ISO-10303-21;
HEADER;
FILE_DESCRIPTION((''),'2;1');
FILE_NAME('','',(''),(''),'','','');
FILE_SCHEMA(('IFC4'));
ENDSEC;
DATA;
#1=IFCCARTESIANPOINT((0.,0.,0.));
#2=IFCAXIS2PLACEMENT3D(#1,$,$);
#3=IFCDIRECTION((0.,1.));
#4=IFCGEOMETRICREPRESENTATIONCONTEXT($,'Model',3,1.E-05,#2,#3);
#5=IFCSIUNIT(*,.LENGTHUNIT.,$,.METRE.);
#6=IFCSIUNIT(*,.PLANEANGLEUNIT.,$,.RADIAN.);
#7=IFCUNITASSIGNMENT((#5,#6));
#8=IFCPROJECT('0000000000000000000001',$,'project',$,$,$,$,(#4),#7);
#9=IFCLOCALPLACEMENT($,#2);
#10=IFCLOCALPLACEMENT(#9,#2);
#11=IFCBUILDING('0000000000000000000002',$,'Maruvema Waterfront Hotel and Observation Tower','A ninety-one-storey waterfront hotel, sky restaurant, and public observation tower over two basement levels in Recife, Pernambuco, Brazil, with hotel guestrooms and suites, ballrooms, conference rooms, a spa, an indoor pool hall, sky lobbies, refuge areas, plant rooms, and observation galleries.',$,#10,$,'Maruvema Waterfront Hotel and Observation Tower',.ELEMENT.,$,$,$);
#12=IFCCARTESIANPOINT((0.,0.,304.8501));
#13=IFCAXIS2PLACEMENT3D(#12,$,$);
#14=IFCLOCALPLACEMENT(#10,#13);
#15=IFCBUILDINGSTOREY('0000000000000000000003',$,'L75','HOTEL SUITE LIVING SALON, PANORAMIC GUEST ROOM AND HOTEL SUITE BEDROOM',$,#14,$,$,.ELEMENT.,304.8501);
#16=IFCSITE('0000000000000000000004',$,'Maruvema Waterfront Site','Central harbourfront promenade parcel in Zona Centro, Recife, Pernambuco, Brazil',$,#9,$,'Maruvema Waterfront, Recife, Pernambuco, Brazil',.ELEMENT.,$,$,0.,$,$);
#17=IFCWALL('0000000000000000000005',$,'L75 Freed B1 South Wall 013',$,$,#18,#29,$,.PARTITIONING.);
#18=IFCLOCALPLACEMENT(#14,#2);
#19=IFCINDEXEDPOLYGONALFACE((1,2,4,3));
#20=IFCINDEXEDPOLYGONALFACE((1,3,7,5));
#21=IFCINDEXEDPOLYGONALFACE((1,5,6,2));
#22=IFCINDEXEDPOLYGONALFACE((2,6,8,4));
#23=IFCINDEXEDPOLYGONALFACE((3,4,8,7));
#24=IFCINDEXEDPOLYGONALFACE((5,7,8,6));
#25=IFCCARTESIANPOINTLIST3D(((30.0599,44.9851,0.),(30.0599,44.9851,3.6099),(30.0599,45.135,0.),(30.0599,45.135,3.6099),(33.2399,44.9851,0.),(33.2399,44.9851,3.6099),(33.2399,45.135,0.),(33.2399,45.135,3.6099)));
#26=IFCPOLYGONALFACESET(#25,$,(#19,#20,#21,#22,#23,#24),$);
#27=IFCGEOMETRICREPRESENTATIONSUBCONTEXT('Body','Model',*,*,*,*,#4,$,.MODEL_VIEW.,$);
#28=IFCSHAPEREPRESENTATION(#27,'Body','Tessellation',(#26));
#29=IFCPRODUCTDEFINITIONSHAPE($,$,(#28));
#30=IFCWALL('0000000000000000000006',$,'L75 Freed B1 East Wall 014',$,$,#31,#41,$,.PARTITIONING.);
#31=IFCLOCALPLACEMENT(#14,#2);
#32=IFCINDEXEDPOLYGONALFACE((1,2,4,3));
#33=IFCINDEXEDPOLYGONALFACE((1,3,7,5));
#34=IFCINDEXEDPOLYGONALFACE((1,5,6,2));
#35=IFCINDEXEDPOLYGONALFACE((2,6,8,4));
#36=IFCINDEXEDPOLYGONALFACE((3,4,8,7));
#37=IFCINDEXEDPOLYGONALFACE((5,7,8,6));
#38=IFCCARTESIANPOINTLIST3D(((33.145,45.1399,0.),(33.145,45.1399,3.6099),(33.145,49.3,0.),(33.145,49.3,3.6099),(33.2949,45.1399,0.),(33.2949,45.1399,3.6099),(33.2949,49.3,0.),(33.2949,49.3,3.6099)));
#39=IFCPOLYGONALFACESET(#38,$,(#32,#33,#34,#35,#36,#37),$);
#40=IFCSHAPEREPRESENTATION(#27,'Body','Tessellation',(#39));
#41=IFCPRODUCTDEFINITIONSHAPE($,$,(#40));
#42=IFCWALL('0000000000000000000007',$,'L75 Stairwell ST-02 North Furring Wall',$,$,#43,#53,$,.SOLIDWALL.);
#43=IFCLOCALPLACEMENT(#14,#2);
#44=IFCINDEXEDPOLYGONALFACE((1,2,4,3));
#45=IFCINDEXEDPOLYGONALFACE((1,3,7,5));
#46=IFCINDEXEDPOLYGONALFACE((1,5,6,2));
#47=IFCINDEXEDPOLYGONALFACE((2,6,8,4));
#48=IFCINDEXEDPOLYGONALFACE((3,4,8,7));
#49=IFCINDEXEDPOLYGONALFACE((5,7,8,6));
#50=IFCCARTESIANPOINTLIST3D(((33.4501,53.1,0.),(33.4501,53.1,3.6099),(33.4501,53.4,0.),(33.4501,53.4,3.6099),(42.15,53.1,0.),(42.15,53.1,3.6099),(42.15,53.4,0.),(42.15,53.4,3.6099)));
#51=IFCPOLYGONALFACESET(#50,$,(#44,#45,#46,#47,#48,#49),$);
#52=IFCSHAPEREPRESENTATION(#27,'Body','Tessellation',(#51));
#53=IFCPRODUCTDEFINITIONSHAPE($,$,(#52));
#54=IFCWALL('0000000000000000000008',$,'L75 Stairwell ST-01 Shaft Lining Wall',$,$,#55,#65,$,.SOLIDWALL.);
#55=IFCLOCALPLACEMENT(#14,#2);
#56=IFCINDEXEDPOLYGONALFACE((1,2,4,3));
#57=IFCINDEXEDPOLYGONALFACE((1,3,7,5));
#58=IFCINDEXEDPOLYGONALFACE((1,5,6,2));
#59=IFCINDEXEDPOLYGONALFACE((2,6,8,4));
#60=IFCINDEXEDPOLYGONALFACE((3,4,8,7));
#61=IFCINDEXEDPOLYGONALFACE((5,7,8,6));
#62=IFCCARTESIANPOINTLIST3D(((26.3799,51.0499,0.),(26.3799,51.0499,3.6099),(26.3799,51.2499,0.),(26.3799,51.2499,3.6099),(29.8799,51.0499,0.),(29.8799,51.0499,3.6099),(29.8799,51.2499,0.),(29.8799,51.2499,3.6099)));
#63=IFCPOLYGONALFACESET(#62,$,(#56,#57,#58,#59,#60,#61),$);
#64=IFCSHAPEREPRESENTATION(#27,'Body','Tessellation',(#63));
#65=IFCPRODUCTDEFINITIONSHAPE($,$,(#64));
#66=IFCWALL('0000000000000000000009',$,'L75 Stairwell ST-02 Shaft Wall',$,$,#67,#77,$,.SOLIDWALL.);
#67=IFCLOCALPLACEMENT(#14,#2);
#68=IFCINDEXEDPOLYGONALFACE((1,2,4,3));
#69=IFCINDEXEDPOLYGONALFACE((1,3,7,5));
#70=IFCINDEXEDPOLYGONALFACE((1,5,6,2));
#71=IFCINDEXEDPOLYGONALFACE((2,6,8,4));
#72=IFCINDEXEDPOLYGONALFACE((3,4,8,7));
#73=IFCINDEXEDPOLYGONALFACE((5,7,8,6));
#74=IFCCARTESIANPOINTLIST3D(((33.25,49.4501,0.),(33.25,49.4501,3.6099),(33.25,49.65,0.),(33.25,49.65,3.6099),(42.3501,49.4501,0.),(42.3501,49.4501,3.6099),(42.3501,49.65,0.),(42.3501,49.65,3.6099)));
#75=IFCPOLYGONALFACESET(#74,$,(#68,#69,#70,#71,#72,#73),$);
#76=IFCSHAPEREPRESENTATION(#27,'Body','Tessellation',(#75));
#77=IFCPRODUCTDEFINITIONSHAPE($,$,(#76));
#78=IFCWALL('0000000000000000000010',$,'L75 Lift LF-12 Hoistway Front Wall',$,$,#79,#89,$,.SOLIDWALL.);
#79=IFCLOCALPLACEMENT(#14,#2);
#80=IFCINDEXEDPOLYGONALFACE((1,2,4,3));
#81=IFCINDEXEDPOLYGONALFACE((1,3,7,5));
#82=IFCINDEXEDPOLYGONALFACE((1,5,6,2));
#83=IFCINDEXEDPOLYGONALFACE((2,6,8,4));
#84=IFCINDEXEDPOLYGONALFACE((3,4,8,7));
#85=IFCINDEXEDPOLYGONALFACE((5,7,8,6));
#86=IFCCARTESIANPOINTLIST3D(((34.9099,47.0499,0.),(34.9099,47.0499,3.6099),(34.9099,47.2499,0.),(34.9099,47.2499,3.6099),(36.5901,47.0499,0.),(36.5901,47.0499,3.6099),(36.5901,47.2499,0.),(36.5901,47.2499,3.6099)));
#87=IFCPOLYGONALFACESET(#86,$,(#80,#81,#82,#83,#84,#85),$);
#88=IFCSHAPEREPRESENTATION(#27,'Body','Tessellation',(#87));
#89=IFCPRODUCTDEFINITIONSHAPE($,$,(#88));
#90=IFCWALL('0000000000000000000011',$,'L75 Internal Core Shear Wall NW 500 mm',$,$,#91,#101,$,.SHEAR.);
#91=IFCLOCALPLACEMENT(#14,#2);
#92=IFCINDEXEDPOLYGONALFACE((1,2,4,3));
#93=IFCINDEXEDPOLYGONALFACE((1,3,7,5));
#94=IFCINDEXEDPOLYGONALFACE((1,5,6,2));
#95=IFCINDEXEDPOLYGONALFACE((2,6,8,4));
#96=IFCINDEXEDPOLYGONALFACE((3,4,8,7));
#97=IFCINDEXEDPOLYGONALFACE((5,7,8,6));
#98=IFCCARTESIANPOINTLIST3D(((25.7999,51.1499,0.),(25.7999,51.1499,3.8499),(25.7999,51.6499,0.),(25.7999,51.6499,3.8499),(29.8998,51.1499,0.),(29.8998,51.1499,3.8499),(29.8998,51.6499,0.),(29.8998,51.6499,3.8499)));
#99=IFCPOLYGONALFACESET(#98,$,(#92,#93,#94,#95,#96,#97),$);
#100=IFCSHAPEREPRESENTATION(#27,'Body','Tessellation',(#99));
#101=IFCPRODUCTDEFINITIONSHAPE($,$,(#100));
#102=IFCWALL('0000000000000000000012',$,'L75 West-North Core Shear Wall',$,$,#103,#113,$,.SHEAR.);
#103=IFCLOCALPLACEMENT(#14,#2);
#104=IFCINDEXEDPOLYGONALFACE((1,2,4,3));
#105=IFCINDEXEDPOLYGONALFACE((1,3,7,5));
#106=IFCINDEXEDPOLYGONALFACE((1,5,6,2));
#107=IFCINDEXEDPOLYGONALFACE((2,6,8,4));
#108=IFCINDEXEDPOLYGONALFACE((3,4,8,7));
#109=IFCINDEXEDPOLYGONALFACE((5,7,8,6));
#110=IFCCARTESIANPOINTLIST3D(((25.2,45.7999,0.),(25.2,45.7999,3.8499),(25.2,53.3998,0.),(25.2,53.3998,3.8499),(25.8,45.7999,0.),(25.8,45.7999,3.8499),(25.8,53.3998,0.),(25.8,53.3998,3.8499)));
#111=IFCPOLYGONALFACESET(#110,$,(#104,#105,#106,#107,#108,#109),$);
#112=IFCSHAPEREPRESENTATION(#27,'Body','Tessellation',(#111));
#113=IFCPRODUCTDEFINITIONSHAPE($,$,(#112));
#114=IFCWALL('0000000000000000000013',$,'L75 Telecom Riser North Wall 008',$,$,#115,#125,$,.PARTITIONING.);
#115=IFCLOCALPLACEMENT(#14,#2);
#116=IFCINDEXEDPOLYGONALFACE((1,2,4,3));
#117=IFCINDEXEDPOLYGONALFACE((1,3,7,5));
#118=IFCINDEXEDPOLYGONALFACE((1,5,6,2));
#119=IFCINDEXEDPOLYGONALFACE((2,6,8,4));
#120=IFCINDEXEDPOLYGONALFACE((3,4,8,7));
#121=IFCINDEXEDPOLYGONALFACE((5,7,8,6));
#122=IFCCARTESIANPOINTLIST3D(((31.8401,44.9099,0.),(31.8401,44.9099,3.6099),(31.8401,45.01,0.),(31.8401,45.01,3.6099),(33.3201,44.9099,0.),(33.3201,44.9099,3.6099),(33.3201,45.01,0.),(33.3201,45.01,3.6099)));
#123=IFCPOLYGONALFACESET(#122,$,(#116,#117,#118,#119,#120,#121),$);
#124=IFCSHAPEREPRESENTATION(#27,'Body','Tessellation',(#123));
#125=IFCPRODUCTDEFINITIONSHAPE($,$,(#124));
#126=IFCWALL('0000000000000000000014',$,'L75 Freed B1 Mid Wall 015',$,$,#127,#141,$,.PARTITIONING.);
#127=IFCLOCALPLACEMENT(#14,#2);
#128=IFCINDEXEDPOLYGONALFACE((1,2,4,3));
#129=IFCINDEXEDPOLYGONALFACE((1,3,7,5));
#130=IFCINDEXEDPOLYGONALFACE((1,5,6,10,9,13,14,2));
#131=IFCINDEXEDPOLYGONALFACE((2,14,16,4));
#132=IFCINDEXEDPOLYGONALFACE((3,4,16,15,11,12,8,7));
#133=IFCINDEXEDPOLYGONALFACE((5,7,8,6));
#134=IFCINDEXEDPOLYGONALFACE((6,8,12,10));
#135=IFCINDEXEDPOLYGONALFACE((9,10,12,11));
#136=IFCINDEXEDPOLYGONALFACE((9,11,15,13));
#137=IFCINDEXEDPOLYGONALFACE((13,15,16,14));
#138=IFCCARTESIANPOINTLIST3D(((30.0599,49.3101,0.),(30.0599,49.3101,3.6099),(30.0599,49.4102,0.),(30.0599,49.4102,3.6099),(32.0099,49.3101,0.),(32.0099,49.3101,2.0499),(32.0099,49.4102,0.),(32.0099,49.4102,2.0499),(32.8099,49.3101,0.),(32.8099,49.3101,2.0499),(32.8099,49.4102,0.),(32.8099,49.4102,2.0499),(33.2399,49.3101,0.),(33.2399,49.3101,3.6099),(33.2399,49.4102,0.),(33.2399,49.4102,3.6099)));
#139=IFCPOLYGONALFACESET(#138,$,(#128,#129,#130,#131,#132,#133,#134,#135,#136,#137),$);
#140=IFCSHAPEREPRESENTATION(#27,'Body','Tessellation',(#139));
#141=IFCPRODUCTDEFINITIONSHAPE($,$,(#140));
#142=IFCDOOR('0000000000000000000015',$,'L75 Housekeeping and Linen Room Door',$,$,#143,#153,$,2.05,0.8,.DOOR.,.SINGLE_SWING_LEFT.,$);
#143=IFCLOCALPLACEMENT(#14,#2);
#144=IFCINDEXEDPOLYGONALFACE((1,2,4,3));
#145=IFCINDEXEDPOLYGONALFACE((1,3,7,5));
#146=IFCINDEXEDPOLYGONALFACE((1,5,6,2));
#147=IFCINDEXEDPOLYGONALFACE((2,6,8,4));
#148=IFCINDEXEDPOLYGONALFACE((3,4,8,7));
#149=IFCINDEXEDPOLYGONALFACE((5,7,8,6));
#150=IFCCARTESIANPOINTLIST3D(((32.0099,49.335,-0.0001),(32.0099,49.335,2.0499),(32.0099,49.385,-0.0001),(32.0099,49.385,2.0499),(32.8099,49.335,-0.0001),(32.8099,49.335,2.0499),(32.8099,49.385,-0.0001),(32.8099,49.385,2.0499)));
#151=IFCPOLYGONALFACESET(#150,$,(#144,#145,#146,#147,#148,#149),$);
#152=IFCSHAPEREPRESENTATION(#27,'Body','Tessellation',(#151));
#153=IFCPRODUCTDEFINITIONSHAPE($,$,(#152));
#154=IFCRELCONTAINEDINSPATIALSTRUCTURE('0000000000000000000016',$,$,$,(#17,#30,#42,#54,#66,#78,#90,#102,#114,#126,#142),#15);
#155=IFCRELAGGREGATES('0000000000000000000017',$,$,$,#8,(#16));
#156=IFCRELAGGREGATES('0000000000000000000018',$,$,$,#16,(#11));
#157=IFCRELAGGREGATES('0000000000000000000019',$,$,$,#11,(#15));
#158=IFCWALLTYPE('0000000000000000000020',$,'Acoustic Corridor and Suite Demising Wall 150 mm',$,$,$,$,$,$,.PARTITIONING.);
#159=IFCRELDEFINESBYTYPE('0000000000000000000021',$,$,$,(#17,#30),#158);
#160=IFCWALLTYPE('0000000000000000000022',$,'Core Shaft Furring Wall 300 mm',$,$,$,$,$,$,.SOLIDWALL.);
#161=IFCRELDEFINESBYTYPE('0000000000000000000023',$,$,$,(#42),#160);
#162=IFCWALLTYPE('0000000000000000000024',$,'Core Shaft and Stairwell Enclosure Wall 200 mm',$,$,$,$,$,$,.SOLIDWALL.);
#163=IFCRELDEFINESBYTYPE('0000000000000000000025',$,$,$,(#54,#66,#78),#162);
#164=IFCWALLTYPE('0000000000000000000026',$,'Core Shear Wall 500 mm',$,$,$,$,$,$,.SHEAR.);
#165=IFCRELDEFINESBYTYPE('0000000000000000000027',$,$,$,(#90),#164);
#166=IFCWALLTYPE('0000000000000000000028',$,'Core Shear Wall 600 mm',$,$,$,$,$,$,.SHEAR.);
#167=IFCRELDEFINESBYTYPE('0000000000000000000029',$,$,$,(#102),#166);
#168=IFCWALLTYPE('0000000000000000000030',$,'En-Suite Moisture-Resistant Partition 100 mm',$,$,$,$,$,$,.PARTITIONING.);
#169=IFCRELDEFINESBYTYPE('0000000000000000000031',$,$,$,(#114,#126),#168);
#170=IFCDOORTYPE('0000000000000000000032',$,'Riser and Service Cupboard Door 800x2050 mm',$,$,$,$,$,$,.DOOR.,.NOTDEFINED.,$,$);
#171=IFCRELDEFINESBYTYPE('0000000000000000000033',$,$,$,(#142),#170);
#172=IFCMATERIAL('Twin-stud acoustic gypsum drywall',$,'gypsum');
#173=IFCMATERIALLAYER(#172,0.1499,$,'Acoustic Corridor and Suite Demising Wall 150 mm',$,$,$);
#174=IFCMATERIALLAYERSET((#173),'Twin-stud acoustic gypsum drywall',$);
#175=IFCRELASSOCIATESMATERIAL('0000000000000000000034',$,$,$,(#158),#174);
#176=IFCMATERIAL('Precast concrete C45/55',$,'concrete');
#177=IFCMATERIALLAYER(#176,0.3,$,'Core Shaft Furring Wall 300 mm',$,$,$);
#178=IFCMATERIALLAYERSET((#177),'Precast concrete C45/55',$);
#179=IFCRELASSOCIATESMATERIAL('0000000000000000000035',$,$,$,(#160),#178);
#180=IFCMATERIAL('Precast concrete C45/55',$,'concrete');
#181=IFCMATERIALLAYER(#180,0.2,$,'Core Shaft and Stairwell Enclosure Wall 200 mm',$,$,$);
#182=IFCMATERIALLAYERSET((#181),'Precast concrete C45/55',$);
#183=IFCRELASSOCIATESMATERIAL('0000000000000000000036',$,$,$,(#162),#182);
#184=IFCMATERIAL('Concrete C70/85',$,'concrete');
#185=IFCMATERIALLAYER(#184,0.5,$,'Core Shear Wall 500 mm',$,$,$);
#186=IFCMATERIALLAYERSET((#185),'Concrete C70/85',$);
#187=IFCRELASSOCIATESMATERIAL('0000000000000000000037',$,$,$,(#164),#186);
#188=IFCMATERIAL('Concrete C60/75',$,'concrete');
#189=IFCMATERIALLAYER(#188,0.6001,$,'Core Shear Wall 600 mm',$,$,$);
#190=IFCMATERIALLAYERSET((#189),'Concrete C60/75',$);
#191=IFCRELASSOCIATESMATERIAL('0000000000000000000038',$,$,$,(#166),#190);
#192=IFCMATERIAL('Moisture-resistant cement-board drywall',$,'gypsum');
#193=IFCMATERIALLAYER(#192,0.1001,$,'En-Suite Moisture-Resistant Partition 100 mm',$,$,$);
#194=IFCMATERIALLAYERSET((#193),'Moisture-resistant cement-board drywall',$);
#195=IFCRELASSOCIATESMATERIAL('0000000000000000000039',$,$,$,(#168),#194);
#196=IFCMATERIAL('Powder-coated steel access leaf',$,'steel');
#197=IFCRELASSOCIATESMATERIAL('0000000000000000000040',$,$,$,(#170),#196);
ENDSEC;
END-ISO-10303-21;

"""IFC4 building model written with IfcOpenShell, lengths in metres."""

from ifc_helpers import new_model, si_unit, direction, frame, frame_2d, origin, place, context, subcontext, project, spatial, rectangle, extrude, material, layer, layer_set, type_object, element, fill, save


model = new_model("IFC4")

# Units and contexts
model_context = context("Model", 3, precision=1e-05, world=origin(), true_north=direction((0.0, 1.0)))
body_context = subcontext(model_context, "Body", "Model", "MODEL_VIEW")
ifc_project = project(units=[si_unit("LENGTHUNIT", "METRE"), si_unit("PLANEANGLEUNIT", "RADIAN")], contexts=[model_context])

# Site, building, storey
site_placement = place(None, origin())
site = spatial("IfcSite", under=ifc_project, at=site_placement, Name="Maruvema Waterfront Site", Description="Central harbourfront promenade parcel in Zona Centro, Recife, Pernambuco, Brazil", LongName="Maruvema Waterfront, Recife, Pernambuco, Brazil", CompositionType="ELEMENT", RefElevation=0.0)
building_placement = place(site_placement, origin())
building = spatial("IfcBuilding", under=site, at=building_placement, Name="Maruvema Waterfront Hotel and Observation Tower", Description="A ninety-one-storey waterfront hotel, sky restaurant, and public observation tower over two basement levels in Recife, Pernambuco, Brazil, with hotel guestrooms and suites, ballrooms, conference rooms, a spa, an indoor pool hall, sky lobbies, refuge areas, plant rooms, and observation galleries.", LongName="Maruvema Waterfront Hotel and Observation Tower", CompositionType="ELEMENT")
storey_placement = place(building_placement, frame((0.0, 0.0, 304.8501)))
storey = spatial("IfcBuildingStorey", under=building, at=storey_placement, Name="L75", Description="HOTEL SUITE LIVING SALON, PANORAMIC GUEST ROOM AND HOTEL SUITE BEDROOM", CompositionType="ELEMENT", Elevation=304.8501)

# Walls
ifc_material_1 = material(Name="Twin-stud acoustic gypsum drywall", Category="gypsum")
ifc_layer_1 = layer(ifc_material_1, 0.1499, Name="Acoustic Corridor and Suite Demising Wall 150 mm")
ifc_layer_set_1 = layer_set([ifc_layer_1], Name="Twin-stud acoustic gypsum drywall")
wall_type_1 = type_object("IfcWallType", Name="Acoustic Corridor and Suite Demising Wall 150 mm", PredefinedType="PARTITIONING", material=ifc_layer_set_1)
wall_1_placement = place(storey_placement, frame((30.0601, 45.0601, 0.0), z_axis=(0.0, 0.0, 1.0), x_axis=(1.0, 0.0, 0.0)))
element("IfcWall", 1, at=wall_1_placement, inside=storey, type_object=wall_type_1, Name="L75 Freed B1 South Wall 013", PredefinedType="PARTITIONING", context=body_context, shape_type="SweptSolid", body=[
    extrude(rectangle(XDim=3.1799, YDim=0.1499, at=frame_2d((1.5898, 0.0))), origin(), (0.0, 0.0, 1.0), 3.6099),
])
wall_2_placement = place(storey_placement, frame((33.22, 45.1399, 0.0), z_axis=(0.0, 0.0, 1.0), x_axis=(0.0, 1.0, 0.0)))
element("IfcWall", 2, at=wall_2_placement, inside=storey, type_object=wall_type_1, Name="L75 Freed B1 East Wall 014", PredefinedType="PARTITIONING", context=body_context, shape_type="SweptSolid", body=[
    extrude(rectangle(XDim=4.1602, YDim=0.1499, at=frame_2d((2.0801, 0.0))), origin(), (0.0, 0.0, 1.0), 3.6099),
])
ifc_material_2 = material(Name="Precast concrete C45/55", Category="concrete")
ifc_layer_2 = layer(ifc_material_2, 0.3, Name="Core Shaft Furring Wall 300 mm")
ifc_layer_set_2 = layer_set([ifc_layer_2], Name="Precast concrete C45/55")
wall_type_2 = type_object("IfcWallType", Name="Core Shaft Furring Wall 300 mm", PredefinedType="SOLIDWALL", material=ifc_layer_set_2)
wall_3_placement = place(storey_placement, frame((33.45, 53.25, 0.0), z_axis=(0.0, 0.0, 1.0), x_axis=(1.0, 0.0, 0.0)))
element("IfcWall", 3, at=wall_3_placement, inside=storey, type_object=wall_type_2, Name="L75 Stairwell ST-02 North Furring Wall", PredefinedType="SOLIDWALL", context=body_context, shape_type="SweptSolid", body=[
    extrude(rectangle(XDim=8.7, YDim=0.3, at=frame_2d((4.3501, 0.0))), origin(), (0.0, 0.0, 1.0), 3.6099),
])
ifc_material_3 = material(Name="Precast concrete C45/55", Category="concrete")
ifc_layer_3 = layer(ifc_material_3, 0.2, Name="Core Shaft and Stairwell Enclosure Wall 200 mm")
ifc_layer_set_3 = layer_set([ifc_layer_3], Name="Precast concrete C45/55")
wall_type_3 = type_object("IfcWallType", Name="Core Shaft and Stairwell Enclosure Wall 200 mm", PredefinedType="SOLIDWALL", material=ifc_layer_set_3)
wall_4_placement = place(storey_placement, frame((26.3799, 51.1499, 0.0), z_axis=(0.0, 0.0, 1.0), x_axis=(1.0, 0.0, 0.0)))
element("IfcWall", 4, at=wall_4_placement, inside=storey, type_object=wall_type_3, Name="L75 Stairwell ST-01 Shaft Lining Wall", PredefinedType="SOLIDWALL", context=body_context, shape_type="SweptSolid", body=[
    extrude(rectangle(XDim=3.5, YDim=0.2, at=frame_2d((1.75, 0.0))), origin(), (0.0, 0.0, 1.0), 3.6099),
])
wall_5_placement = place(storey_placement, frame((33.25, 49.55, 0.0), z_axis=(0.0, 0.0, 1.0), x_axis=(1.0, 0.0, 0.0)))
element("IfcWall", 5, at=wall_5_placement, inside=storey, type_object=wall_type_3, Name="L75 Stairwell ST-02 Shaft Wall", PredefinedType="SOLIDWALL", context=body_context, shape_type="SweptSolid", body=[
    extrude(rectangle(XDim=9.1001, YDim=0.2, at=frame_2d((4.55, 0.0))), origin(), (0.0, 0.0, 1.0), 3.6099),
])

# Walls
wall_6_placement = place(storey_placement, frame((34.9099, 47.1499, 0.0), z_axis=(0.0, 0.0, 1.0), x_axis=(1.0, 0.0, 0.0)))
element("IfcWall", 6, at=wall_6_placement, inside=storey, type_object=wall_type_3, Name="L75 Lift LF-12 Hoistway Front Wall", PredefinedType="SOLIDWALL", context=body_context, shape_type="SweptSolid", body=[
    extrude(rectangle(XDim=1.6802, YDim=0.2, at=frame_2d((0.8401, 0.0))), origin(), (0.0, 0.0, 1.0), 3.6099),
])
ifc_material_4 = material(Name="Concrete C70/85", Category="concrete")
ifc_layer_4 = layer(ifc_material_4, 0.5, Name="Core Shear Wall 500 mm")
ifc_layer_set_4 = layer_set([ifc_layer_4], Name="Concrete C70/85")
wall_type_4 = type_object("IfcWallType", Name="Core Shear Wall 500 mm", PredefinedType="SHEAR", material=ifc_layer_set_4)
wall_7_placement = place(storey_placement, frame((25.8, 51.3999, 0.0), z_axis=(0.0, 0.0, 1.0), x_axis=(1.0, 0.0, 0.0)))
element("IfcWall", 7, at=wall_7_placement, inside=storey, type_object=wall_type_4, Name="L75 Internal Core Shear Wall NW 500 mm", PredefinedType="SHEAR", context=body_context, shape_type="SweptSolid", body=[
    extrude(rectangle(XDim=4.0999, YDim=0.5, at=frame_2d((2.0498, 0.0))), origin(), (0.0, 0.0, 1.0), 3.8499),
])
ifc_material_5 = material(Name="Concrete C60/75", Category="concrete")
ifc_layer_5 = layer(ifc_material_5, 0.6001, Name="Core Shear Wall 600 mm")
ifc_layer_set_5 = layer_set([ifc_layer_5], Name="Concrete C60/75")
wall_type_5 = type_object("IfcWallType", Name="Core Shear Wall 600 mm", PredefinedType="SHEAR", material=ifc_layer_set_5)
wall_8_placement = place(storey_placement, frame((25.5, 45.8, 0.0), z_axis=(0.0, 0.0, 1.0), x_axis=(0.0, 1.0, 0.0)))
element("IfcWall", 8, at=wall_8_placement, inside=storey, type_object=wall_type_5, Name="L75 West-North Core Shear Wall", PredefinedType="SHEAR", context=body_context, shape_type="SweptSolid", body=[
    extrude(rectangle(XDim=7.5999, YDim=0.6001, at=frame_2d((3.7998, 0.0))), origin(), (0.0, 0.0, 1.0), 3.8499),
])
ifc_material_6 = material(Name="Moisture-resistant cement-board drywall", Category="gypsum")
ifc_layer_6 = layer(ifc_material_6, 0.1001, Name="En-Suite Moisture-Resistant Partition 100 mm")
ifc_layer_set_6 = layer_set([ifc_layer_6], Name="Moisture-resistant cement-board drywall")
wall_type_6 = type_object("IfcWallType", Name="En-Suite Moisture-Resistant Partition 100 mm", PredefinedType="PARTITIONING", material=ifc_layer_set_6)
wall_9_placement = place(storey_placement, frame((31.8401, 44.96, 0.0), z_axis=(0.0, 0.0, 1.0), x_axis=(1.0, 0.0, 0.0)))
element("IfcWall", 9, at=wall_9_placement, inside=storey, type_object=wall_type_6, Name="L75 Telecom Riser North Wall 008", PredefinedType="PARTITIONING", context=body_context, shape_type="SweptSolid", body=[
    extrude(rectangle(XDim=1.48, YDim=0.1001, at=frame_2d((0.74, 0.0))), origin(), (0.0, 0.0, 1.0), 3.6099),
])

# Wall, opening, door
wall_10_placement = place(storey_placement, frame((30.0601, 49.3601, 0.0), z_axis=(0.0, 0.0, 1.0), x_axis=(1.0, 0.0, 0.0)))
wall_10 = element("IfcWall", 10, at=wall_10_placement, inside=storey, type_object=wall_type_6, Name="L75 Freed B1 Mid Wall 015", PredefinedType="PARTITIONING", context=body_context, shape_type="SweptSolid", body=[
    extrude(rectangle(XDim=3.1799, YDim=0.1001, at=frame_2d((1.5898, 0.0))), origin(), (0.0, 0.0, 1.0), 3.6099),
])
opening_1_placement = place(wall_10_placement, frame((1.95, 0.0, 0.0)))
opening_1 = element("IfcOpeningElement", 11, at=opening_1_placement, cuts=wall_10, PredefinedType="OPENING", context=body_context, shape_type="SweptSolid", body=[
    extrude(rectangle(XDim=0.8, YDim=2.05, at=frame_2d((0.3999, 1.0249))), frame((0.0, 0.0601, 0.0), z_axis=(0.0, -1.0, 0.0), x_axis=(1.0, 0.0, 0.0)), (0.0, 0.0, 1.0), 0.1201),
])
ifc_material_7 = material(Name="Powder-coated steel access leaf", Category="steel")
door_type_1 = type_object("IfcDoorType", Name="Riser and Service Cupboard Door 800x2050 mm", OperationType="NOTDEFINED", PredefinedType="DOOR", material=ifc_material_7)
door_1_placement = place(opening_1_placement, origin())
door_1 = element("IfcDoor", 12, at=door_1_placement, inside=storey, type_object=door_type_1, Name="L75 Housekeeping and Linen Room Door", OperationType="SINGLE_SWING_LEFT", OverallHeight=2.05, OverallWidth=0.8, PredefinedType="DOOR", context=body_context, shape_type="SweptSolid", body=[
    extrude(rectangle(XDim=0.8, YDim=2.05, at=frame_2d((0.3999, 1.0249))), frame((0.0, 0.0249, 0.0), z_axis=(0.0, -1.0, 0.0), x_axis=(1.0, 0.0, 0.0)), (0.0, 0.0, 1.0), 0.05),
])
fill(opening_1, door_1)

save(model, "model.ifc")
